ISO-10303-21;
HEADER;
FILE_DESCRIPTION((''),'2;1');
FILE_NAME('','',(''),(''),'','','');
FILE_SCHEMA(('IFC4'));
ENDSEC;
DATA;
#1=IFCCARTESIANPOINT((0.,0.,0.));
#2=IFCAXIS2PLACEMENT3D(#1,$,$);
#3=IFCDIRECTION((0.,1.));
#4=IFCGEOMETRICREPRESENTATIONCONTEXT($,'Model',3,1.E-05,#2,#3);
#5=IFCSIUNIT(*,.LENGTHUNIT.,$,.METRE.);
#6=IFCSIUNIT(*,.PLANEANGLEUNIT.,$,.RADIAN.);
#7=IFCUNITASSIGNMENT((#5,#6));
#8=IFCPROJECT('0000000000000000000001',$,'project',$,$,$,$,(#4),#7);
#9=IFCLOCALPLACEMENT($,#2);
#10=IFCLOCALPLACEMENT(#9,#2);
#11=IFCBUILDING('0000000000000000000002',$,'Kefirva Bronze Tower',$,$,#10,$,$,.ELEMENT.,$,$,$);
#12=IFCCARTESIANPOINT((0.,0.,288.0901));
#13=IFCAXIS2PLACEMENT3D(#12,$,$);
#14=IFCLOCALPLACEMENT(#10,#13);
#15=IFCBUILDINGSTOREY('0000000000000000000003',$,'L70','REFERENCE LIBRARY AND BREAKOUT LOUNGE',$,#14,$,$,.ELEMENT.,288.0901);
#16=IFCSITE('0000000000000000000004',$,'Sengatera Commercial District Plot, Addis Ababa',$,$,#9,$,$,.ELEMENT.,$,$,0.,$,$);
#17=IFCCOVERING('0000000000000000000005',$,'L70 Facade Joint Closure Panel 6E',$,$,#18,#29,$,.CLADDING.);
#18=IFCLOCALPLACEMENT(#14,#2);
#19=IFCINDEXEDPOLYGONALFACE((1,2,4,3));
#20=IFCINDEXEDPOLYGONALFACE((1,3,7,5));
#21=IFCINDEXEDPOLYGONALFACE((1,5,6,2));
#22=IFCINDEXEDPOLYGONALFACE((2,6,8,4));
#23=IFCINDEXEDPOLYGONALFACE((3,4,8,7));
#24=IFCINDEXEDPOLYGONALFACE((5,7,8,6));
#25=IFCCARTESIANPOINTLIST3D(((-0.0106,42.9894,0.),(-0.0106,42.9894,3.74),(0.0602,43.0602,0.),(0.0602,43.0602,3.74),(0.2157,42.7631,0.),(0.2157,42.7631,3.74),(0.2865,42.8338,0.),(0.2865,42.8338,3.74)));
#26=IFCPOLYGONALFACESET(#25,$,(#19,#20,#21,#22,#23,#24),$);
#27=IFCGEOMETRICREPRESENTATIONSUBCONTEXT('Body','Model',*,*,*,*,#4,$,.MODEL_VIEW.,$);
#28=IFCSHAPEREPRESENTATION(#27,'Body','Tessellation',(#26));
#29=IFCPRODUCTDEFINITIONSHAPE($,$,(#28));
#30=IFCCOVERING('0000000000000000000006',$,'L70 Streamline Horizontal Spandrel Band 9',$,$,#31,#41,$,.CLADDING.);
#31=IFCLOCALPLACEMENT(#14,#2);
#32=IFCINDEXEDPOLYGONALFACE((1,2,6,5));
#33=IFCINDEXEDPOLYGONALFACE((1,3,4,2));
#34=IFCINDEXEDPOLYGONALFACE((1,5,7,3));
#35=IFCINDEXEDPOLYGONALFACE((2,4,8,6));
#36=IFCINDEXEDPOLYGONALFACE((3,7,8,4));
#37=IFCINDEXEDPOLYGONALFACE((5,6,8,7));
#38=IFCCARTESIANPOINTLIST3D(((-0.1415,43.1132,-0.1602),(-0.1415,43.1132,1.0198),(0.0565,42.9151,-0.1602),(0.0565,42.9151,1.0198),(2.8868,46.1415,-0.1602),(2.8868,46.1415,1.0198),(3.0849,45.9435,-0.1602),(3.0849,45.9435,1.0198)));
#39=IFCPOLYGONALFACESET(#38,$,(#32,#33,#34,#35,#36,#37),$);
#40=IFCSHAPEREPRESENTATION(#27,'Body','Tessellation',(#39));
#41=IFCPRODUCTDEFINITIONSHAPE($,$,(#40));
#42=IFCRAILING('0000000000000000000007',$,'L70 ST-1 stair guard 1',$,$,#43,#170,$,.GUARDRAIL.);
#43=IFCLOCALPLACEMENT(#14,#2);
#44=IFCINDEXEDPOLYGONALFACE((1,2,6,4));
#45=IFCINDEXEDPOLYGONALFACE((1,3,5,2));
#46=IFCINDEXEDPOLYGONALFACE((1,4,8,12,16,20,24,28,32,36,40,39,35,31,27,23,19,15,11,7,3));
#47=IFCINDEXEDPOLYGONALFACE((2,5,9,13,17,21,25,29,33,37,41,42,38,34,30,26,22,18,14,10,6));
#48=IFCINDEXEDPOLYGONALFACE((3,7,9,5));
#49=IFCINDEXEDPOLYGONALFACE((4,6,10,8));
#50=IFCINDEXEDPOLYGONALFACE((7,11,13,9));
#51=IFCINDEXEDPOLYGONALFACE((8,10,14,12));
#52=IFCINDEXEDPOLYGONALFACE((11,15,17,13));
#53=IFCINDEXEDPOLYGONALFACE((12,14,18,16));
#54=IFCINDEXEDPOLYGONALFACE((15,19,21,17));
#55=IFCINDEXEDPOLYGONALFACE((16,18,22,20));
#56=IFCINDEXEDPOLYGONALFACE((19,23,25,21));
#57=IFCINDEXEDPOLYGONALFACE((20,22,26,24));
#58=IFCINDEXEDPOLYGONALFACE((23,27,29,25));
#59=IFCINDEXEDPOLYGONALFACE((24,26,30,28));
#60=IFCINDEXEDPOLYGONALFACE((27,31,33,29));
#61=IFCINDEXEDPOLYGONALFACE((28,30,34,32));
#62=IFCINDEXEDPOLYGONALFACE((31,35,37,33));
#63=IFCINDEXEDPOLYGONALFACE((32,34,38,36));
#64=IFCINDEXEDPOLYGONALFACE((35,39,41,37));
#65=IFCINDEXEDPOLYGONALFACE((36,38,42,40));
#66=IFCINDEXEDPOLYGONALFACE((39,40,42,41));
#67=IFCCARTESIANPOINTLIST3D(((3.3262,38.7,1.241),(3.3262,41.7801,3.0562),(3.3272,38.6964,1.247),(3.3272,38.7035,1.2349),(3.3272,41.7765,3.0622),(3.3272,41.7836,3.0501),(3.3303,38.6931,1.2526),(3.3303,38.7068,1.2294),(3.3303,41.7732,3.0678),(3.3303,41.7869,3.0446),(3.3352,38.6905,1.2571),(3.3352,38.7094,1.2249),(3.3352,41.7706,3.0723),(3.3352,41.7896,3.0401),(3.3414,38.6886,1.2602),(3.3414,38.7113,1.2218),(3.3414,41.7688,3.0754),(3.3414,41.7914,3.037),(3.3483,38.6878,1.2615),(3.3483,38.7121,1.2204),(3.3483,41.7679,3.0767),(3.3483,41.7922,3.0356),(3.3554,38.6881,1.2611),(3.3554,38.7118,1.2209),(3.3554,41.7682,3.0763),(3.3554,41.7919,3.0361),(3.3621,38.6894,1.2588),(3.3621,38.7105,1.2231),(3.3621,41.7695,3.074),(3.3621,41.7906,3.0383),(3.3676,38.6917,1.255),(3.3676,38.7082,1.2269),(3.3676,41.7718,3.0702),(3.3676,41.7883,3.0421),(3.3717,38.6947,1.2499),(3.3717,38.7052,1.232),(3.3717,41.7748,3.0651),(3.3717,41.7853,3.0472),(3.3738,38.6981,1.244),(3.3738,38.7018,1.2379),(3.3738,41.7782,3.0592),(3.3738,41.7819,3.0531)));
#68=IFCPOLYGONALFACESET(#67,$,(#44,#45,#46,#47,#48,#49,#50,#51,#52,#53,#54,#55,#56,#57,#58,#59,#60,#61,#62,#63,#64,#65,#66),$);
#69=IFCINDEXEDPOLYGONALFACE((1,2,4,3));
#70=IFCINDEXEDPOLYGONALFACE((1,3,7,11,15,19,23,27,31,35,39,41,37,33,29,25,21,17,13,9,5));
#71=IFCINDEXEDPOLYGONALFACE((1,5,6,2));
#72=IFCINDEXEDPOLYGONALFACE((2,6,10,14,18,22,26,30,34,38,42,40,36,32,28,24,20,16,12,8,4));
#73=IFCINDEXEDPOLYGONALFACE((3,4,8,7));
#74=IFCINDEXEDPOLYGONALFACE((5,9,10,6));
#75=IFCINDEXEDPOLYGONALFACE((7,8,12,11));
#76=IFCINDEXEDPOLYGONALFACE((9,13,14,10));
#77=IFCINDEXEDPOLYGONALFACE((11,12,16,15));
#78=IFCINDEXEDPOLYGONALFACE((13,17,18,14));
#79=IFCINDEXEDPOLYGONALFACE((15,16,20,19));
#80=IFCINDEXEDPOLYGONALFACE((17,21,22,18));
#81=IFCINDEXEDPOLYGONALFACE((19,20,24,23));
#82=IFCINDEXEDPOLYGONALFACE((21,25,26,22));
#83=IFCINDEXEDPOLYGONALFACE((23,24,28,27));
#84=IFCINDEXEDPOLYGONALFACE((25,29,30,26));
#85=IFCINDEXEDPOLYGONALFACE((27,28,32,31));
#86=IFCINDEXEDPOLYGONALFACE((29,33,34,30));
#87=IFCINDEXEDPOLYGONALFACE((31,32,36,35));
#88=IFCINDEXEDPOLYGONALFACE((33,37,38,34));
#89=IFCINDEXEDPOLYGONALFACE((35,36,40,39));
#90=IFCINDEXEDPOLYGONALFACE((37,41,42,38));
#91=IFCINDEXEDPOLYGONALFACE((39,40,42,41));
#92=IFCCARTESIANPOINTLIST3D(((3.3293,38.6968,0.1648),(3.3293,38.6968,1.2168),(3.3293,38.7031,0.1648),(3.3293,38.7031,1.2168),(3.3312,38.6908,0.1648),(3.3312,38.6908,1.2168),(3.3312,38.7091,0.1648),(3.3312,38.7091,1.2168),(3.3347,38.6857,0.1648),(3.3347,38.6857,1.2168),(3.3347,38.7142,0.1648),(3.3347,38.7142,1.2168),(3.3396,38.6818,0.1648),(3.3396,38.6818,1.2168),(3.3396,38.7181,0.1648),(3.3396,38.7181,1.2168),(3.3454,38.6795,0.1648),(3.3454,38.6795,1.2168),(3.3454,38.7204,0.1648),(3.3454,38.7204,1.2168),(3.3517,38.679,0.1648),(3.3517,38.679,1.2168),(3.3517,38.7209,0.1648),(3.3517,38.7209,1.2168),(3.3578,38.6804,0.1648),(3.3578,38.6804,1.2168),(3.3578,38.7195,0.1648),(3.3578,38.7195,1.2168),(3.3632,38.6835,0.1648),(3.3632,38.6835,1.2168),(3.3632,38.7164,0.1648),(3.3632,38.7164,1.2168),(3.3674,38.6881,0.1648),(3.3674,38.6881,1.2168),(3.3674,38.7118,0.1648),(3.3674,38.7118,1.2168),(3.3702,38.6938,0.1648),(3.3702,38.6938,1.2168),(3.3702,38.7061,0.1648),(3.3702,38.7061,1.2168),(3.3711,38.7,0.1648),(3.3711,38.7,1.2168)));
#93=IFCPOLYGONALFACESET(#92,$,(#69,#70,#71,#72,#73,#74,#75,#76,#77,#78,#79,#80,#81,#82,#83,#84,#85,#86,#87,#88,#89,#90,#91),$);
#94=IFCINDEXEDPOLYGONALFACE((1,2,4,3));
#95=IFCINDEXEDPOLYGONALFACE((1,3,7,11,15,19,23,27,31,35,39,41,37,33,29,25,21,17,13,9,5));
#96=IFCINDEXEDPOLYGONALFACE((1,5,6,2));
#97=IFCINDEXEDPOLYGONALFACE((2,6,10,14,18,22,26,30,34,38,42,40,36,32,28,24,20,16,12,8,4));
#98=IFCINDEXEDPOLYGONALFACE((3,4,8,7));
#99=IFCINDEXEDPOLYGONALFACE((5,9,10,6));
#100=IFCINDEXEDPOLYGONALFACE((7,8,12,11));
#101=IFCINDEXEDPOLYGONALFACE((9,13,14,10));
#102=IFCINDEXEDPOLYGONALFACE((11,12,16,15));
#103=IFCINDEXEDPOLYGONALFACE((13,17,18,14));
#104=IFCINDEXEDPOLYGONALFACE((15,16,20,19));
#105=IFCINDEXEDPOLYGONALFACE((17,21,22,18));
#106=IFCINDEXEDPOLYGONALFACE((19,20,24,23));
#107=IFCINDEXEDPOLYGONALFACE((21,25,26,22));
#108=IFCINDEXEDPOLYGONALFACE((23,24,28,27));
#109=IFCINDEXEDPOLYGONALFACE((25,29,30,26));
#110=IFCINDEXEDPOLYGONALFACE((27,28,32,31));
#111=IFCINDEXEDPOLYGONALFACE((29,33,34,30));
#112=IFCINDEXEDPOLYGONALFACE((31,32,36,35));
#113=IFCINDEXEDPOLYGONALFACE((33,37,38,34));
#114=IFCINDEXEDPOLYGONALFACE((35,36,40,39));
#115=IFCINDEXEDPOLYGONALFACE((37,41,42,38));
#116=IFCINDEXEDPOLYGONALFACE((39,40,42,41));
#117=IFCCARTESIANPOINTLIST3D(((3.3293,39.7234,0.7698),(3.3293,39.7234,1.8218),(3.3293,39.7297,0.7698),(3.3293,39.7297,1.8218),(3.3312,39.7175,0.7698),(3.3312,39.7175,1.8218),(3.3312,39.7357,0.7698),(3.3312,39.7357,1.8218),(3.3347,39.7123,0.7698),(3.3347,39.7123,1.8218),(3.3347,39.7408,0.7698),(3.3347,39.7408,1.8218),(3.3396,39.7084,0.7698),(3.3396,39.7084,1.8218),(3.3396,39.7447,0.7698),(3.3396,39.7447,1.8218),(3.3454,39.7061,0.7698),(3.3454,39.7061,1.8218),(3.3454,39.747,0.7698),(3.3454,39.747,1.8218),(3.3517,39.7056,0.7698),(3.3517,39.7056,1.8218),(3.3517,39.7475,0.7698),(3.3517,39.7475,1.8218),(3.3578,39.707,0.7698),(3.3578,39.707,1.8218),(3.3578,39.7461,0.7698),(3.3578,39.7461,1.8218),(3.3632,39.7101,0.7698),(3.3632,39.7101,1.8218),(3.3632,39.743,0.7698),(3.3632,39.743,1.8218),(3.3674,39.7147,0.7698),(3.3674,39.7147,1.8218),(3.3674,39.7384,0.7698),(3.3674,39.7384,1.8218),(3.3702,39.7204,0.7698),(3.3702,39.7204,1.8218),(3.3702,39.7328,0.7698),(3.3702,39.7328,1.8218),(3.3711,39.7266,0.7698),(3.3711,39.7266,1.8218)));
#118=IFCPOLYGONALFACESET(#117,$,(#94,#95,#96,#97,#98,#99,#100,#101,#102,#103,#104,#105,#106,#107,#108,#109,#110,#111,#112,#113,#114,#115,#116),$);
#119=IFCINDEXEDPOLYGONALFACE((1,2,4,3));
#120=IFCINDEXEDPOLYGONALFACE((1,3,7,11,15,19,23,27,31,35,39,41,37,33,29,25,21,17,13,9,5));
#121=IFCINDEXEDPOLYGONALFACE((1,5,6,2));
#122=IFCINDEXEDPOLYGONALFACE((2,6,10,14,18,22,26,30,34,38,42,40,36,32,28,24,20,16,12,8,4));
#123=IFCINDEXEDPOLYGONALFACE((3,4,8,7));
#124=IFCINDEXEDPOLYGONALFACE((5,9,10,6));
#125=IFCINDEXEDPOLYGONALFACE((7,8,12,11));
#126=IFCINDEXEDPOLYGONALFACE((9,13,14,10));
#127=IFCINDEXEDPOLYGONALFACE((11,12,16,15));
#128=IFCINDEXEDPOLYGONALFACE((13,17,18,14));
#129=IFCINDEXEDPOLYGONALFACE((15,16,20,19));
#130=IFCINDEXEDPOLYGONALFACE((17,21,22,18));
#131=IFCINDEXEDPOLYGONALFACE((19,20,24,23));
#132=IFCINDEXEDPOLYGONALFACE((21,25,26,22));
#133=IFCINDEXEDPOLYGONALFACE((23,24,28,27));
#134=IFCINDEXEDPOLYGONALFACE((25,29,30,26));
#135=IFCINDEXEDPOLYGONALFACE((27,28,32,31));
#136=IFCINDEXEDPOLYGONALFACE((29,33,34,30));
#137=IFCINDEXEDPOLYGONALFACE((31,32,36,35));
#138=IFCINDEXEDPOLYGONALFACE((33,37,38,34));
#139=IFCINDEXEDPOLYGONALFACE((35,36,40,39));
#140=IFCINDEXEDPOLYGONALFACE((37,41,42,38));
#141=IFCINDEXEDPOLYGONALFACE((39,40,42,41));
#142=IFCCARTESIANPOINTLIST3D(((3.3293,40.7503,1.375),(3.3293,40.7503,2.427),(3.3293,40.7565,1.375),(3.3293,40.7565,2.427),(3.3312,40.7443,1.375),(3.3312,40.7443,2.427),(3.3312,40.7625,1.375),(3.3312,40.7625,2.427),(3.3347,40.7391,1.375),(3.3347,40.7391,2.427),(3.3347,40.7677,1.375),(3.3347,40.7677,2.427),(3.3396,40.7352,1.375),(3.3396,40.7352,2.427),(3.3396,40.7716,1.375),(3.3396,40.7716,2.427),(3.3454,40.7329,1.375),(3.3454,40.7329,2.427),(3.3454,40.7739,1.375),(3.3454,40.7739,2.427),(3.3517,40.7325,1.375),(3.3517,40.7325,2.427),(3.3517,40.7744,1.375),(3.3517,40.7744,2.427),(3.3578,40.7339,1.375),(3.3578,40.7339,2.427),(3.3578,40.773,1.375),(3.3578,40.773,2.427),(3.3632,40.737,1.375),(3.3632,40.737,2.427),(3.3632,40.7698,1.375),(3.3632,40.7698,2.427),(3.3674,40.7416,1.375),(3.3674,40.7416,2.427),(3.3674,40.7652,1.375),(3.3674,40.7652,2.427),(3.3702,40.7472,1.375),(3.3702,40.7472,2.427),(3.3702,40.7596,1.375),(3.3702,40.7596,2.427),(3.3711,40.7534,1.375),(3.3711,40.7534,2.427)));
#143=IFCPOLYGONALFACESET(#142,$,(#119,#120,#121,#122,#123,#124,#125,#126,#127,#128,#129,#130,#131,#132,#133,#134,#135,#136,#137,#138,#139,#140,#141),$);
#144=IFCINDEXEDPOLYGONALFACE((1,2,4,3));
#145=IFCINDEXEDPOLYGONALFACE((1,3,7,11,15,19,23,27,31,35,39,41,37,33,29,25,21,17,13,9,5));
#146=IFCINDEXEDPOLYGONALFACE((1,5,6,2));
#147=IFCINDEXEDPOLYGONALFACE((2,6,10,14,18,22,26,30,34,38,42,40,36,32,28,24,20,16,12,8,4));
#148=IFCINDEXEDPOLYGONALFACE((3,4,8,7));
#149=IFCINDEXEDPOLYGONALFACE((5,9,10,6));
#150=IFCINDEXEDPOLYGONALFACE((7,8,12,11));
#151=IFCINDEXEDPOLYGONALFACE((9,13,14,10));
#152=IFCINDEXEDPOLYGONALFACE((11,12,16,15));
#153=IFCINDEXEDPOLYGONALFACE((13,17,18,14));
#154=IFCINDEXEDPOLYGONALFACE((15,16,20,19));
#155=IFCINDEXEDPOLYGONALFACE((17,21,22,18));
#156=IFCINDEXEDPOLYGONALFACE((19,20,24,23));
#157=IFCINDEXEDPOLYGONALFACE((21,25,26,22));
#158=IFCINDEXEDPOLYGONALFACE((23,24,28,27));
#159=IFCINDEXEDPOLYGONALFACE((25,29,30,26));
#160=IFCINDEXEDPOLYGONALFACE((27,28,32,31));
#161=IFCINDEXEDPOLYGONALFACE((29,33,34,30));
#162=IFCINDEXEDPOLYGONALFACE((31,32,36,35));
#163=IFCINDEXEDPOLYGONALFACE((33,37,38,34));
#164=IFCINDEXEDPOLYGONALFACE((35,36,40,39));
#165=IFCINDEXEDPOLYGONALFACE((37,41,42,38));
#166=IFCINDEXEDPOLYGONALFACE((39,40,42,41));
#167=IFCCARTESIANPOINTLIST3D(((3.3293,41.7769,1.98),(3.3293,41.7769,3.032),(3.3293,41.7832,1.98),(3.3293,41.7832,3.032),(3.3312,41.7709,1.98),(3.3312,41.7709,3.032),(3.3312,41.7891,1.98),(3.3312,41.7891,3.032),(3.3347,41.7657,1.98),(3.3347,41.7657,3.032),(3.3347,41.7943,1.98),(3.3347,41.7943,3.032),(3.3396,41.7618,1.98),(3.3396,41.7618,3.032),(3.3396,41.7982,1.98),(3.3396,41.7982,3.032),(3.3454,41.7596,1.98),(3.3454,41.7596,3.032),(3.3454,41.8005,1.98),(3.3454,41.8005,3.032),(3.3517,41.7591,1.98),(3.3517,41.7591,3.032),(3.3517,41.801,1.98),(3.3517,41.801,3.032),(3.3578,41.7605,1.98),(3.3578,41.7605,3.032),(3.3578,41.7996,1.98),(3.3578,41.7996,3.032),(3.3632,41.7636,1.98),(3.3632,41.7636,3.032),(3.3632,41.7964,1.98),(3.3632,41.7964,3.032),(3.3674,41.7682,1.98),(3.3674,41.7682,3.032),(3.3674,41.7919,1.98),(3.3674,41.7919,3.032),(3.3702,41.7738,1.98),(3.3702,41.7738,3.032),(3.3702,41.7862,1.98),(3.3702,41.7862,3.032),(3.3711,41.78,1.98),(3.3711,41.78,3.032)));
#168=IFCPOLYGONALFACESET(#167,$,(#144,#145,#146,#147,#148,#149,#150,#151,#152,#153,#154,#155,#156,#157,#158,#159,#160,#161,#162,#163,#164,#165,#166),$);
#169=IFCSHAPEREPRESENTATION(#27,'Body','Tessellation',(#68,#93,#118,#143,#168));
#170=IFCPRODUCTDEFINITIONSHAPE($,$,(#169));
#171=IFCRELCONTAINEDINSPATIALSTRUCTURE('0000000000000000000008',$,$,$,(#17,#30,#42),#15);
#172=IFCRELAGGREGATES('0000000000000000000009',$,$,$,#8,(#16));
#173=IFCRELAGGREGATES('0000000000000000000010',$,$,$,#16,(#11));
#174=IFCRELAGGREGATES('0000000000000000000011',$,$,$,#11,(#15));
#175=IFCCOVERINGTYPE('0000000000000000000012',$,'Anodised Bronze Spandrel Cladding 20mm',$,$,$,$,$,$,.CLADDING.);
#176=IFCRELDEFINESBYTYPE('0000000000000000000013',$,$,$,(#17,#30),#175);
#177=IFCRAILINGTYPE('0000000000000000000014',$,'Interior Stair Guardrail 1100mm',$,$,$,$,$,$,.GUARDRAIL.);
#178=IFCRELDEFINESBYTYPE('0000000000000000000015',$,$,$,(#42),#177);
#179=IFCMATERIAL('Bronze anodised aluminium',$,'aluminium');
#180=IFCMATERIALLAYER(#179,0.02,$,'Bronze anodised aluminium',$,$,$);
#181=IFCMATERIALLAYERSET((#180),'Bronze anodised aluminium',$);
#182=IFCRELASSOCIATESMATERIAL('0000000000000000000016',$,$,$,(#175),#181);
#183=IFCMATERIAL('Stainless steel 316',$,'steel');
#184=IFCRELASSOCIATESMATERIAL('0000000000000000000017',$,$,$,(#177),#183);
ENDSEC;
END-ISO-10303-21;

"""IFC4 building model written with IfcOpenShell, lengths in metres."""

from ifc_helpers import new_model, si_unit, direction, frame, origin, origin_2d, place, context, subcontext, project, spatial, rectangle, circle, extrude, material, layer, layer_set, type_object, element, save


model = new_model("IFC4")

# Units and contexts
model_context = context("Model", 3, precision=1e-05, world=origin(), true_north=direction((0.0, 1.0)))
body_context = subcontext(model_context, "Body", "Model", "MODEL_VIEW")
ifc_project = project(units=[si_unit("LENGTHUNIT", "METRE"), si_unit("PLANEANGLEUNIT", "RADIAN")], contexts=[model_context])

# Site, building, storey
site_placement = place(None, origin())
site = spatial("IfcSite", under=ifc_project, at=site_placement, Name="Sengatera Commercial District Plot, Addis Ababa", CompositionType="ELEMENT", RefElevation=0.0)
building_placement = place(site_placement, origin())
building = spatial("IfcBuilding", under=site, at=building_placement, Name="Kefirva Bronze Tower", CompositionType="ELEMENT")
storey_placement = place(building_placement, frame((0.0, 0.0, 288.0901)))
storey = spatial("IfcBuildingStorey", under=building, at=storey_placement, Name="L70", Description="REFERENCE LIBRARY AND BREAKOUT LOUNGE", CompositionType="ELEMENT", Elevation=288.0901)

# Coverings
ifc_material_1 = material(Name="Bronze anodised aluminium", Category="aluminium")
ifc_layer_1 = layer(ifc_material_1, 0.02, Name="Bronze anodised aluminium")
ifc_layer_set_1 = layer_set([ifc_layer_1], Name="Bronze anodised aluminium")
covering_type_1 = type_object("IfcCoveringType", Name="Anodised Bronze Spandrel Cladding 20mm", PredefinedType="CLADDING", material=ifc_layer_set_1)
for number, where, z_axis, x_axis, name in (
    (1, (0.1379, 42.9116, 0.0), (0.0, 0.0, 1.0), (-0.707107, -0.707107, 0.0), "L70 Facade Joint Closure Panel 6E"),
):
    element("IfcCovering", number, at=place(storey_placement, frame(where, z_axis=z_axis, x_axis=x_axis)), inside=storey, type_object=covering_type_1, Name=name, PredefinedType="CLADDING", context=body_context, shape_type="SweptSolid", body=[
        extrude(rectangle(XDim=0.1001, YDim=0.3201, at=origin_2d()), origin(), (0.0, 0.0, 1.0), 3.74),
    ])
covering_1_placement = place(storey_placement, frame((1.4717, 44.5283, -0.1602), z_axis=(0.0, 0.0, 1.0), x_axis=(-0.707107, -0.707107, 0.0)))
element("IfcCovering", 2, at=covering_1_placement, inside=storey, type_object=covering_type_1, Name="L70 Streamline Horizontal Spandrel Band 9", PredefinedType="CLADDING", context=body_context, shape_type="SweptSolid", body=[
    extrude(rectangle(XDim=4.2827, YDim=0.28, at=origin_2d()), origin(), (0.0, 0.0, 1.0), 1.1799),
])

# Railing
ifc_material_2 = material(Name="Stainless steel 316", Category="steel")
railing_type_1 = type_object("IfcRailingType", Name="Interior Stair Guardrail 1100mm", PredefinedType="GUARDRAIL", material=ifc_material_2)
railing_1_placement = place(storey_placement, frame((3.3501, 38.7, 0.1648)))
element("IfcRailing", 3, at=railing_1_placement, inside=storey, type_object=railing_type_1, Name="L70 ST-1 stair guard 1", PredefinedType="GUARDRAIL", context=body_context, shape_type="SweptSolid", body=[
    extrude(circle(Radius=0.0239, at=origin_2d()), frame((0.0, 0.0, 1.0762), z_axis=(0.0, 0.861521, 0.507721), x_axis=(-1.0, 0.0, 0.0)), (0.0, 0.0, 1.0), 3.5752),
    extrude(circle(Radius=0.021, at=origin_2d()), origin(), (0.0, 0.0, 1.0), 1.052),
    extrude(circle(Radius=0.021, at=origin_2d()), frame((0.0, 1.0266, 0.605)), (0.0, 0.0, 1.0), 1.052),
    extrude(circle(Radius=0.021, at=origin_2d()), frame((0.0, 2.0535, 1.2102)), (0.0, 0.0, 1.0), 1.052),
    extrude(circle(Radius=0.021, at=origin_2d()), frame((0.0, 3.0801, 1.8152)), (0.0, 0.0, 1.0), 1.052),
])

save(model, "model.ifc")
